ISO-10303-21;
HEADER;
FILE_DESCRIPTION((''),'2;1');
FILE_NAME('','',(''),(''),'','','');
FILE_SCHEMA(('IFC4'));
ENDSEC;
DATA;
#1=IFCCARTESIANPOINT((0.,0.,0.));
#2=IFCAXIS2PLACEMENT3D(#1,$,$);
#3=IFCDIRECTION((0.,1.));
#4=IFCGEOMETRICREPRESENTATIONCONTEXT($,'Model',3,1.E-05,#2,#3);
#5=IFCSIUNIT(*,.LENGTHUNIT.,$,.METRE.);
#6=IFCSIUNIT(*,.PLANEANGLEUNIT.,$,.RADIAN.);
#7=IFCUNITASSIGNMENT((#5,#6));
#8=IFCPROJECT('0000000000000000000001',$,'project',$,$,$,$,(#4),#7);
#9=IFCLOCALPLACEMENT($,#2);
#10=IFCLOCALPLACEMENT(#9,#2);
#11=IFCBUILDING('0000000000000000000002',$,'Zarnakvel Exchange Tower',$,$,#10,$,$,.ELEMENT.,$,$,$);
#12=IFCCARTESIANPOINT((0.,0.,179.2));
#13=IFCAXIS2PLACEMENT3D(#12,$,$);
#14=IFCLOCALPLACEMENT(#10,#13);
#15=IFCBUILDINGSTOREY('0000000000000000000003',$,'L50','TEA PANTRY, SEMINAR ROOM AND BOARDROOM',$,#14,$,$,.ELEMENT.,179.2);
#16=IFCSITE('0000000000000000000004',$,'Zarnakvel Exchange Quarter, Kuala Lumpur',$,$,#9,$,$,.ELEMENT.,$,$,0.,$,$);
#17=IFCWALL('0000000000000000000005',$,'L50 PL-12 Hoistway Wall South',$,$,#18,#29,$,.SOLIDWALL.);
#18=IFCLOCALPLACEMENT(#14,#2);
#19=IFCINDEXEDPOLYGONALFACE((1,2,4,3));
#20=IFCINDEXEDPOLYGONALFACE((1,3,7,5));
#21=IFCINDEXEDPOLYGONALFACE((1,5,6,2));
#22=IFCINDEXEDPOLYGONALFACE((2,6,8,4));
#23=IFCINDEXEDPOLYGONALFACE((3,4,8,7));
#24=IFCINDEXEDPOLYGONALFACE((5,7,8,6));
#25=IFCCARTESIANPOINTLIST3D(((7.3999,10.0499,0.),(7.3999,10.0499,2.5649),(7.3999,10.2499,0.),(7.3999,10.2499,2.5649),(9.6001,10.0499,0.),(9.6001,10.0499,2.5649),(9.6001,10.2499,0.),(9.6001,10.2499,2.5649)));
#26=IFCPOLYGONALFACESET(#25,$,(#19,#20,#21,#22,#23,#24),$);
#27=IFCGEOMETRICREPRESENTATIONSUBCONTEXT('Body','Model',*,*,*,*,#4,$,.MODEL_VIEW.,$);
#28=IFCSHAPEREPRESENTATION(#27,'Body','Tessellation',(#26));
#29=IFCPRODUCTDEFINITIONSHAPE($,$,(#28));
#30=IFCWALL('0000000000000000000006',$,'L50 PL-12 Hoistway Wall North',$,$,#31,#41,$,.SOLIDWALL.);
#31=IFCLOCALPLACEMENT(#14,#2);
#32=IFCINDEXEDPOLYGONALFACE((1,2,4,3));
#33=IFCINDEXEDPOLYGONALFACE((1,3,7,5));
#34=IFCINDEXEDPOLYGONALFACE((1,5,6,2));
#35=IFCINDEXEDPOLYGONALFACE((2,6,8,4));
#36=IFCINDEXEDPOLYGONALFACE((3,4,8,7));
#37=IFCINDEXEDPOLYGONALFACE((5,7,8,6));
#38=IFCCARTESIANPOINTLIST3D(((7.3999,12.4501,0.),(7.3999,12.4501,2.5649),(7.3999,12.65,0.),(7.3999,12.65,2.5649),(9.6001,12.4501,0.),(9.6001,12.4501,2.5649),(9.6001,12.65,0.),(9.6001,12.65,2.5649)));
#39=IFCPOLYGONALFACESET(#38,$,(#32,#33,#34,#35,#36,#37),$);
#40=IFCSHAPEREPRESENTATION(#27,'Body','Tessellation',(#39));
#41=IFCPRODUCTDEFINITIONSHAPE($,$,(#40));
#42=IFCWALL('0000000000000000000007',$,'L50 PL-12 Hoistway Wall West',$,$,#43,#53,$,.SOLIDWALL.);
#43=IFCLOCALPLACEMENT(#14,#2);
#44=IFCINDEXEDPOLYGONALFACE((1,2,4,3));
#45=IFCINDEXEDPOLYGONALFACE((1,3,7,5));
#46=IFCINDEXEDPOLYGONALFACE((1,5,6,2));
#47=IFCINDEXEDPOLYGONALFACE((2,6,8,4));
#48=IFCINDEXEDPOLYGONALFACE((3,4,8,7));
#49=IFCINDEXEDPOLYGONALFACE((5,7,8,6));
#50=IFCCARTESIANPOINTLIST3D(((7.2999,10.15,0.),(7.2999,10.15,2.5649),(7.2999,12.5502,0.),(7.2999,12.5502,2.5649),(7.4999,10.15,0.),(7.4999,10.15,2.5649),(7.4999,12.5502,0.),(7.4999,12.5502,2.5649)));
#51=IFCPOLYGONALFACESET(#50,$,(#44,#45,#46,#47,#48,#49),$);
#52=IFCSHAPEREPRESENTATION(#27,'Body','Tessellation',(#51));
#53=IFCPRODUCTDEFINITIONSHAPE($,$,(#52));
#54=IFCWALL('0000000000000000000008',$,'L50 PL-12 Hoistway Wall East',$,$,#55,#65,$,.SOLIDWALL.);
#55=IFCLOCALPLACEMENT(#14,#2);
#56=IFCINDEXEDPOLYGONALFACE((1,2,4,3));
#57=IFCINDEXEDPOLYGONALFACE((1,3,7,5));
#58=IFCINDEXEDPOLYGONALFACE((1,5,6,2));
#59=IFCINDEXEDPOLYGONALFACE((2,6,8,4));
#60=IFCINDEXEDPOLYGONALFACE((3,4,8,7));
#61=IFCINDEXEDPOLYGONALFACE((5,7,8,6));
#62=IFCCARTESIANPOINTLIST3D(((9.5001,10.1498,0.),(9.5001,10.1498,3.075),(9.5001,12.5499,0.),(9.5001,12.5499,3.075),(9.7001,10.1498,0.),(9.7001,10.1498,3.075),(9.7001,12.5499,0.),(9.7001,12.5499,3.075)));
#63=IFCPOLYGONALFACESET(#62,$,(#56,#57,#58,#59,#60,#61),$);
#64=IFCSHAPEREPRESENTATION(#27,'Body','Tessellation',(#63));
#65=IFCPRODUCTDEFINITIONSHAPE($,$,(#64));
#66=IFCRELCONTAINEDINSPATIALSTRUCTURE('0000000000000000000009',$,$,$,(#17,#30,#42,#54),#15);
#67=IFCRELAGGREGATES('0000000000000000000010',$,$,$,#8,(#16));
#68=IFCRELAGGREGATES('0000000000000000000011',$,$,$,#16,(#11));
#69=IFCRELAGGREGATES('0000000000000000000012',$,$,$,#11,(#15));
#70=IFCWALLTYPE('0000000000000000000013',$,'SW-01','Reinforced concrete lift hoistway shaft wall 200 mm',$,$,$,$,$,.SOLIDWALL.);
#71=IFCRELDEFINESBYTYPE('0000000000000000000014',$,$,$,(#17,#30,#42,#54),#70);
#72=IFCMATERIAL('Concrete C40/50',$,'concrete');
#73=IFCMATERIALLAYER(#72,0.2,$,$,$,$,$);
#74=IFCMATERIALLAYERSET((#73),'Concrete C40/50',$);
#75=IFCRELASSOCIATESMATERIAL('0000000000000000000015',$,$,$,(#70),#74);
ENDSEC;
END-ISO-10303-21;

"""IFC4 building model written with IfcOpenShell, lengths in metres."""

from ifc_helpers import new_model, si_unit, direction, frame, frame_2d, origin, place, context, subcontext, project, spatial, rectangle, extrude, material, layer, layer_set, type_object, element, save


model = new_model("IFC4")

# Units and contexts
model_context = context("Model", 3, precision=1e-05, world=origin(), true_north=direction((0.0, 1.0)))
body_context = subcontext(model_context, "Body", "Model", "MODEL_VIEW")
ifc_project = project(units=[si_unit("LENGTHUNIT", "METRE"), si_unit("PLANEANGLEUNIT", "RADIAN")], contexts=[model_context])

# Site, building, storey
site_placement = place(None, origin())
site = spatial("IfcSite", under=ifc_project, at=site_placement, Name="Zarnakvel Exchange Quarter, Kuala Lumpur", CompositionType="ELEMENT", RefElevation=0.0)
building_placement = place(site_placement, origin())
building = spatial("IfcBuilding", under=site, at=building_placement, Name="Zarnakvel Exchange Tower", CompositionType="ELEMENT")
storey_placement = place(building_placement, frame((0.0, 0.0, 179.2)))
storey = spatial("IfcBuildingStorey", under=building, at=storey_placement, Name="L50", Description="TEA PANTRY, SEMINAR ROOM AND BOARDROOM", CompositionType="ELEMENT", Elevation=179.2)

# Walls
ifc_material_1 = material(Name="Concrete C40/50", Category="concrete")
ifc_layer_1 = layer(ifc_material_1, 0.2)
ifc_layer_set_1 = layer_set([ifc_layer_1], Name="Concrete C40/50")
wall_type_1 = type_object("IfcWallType", Name="SW-01", Description="Reinforced concrete lift hoistway shaft wall 200 mm", PredefinedType="SOLIDWALL", material=ifc_layer_set_1)
for number, where, z_axis, x_axis, name in (
    (1, (9.6001, 10.1499, 0.0), (0.0, 0.0, 1.0), (-1.0, 0.0, 0.0), "L50 PL-12 Hoistway Wall South"),
    (2, (7.3999, 12.55, 0.0), (0.0, 0.0, 1.0), (1.0, 0.0, 0.0), "L50 PL-12 Hoistway Wall North"),
):
    element("IfcWall", number, at=place(storey_placement, frame(where, z_axis=z_axis, x_axis=x_axis)), inside=storey, type_object=wall_type_1, Name=name, PredefinedType="SOLIDWALL", context=body_context, shape_type="SweptSolid", body=[
        extrude(rectangle(XDim=2.2002, YDim=0.2, at=frame_2d((1.1001, 0.0))), origin(), (0.0, 0.0, 1.0), 2.5649),
    ])
wall_1_placement = place(storey_placement, frame((7.3999, 10.1499, 0.0), z_axis=(0.0, 0.0, 1.0), x_axis=(0.0, 1.0, 0.0)))
element("IfcWall", 3, at=wall_1_placement, inside=storey, type_object=wall_type_1, Name="L50 PL-12 Hoistway Wall West", PredefinedType="SOLIDWALL", context=body_context, shape_type="SweptSolid", body=[
    extrude(rectangle(XDim=2.4001, YDim=0.2, at=frame_2d((1.2002, 0.0))), origin(), (0.0, 0.0, 1.0), 2.5649),
])
wall_2_placement = place(storey_placement, frame((9.6001, 12.55, 0.0), z_axis=(0.0, 0.0, 1.0), x_axis=(0.0, -1.0, 0.0)))
element("IfcWall", 4, at=wall_2_placement, inside=storey, type_object=wall_type_1, Name="L50 PL-12 Hoistway Wall East", PredefinedType="SOLIDWALL", context=body_context, shape_type="SweptSolid", body=[
    extrude(rectangle(XDim=2.4001, YDim=0.2, at=frame_2d((1.2002, 0.0))), origin(), (0.0, 0.0, 1.0), 3.075),
])

save(model, "model.ifc")
